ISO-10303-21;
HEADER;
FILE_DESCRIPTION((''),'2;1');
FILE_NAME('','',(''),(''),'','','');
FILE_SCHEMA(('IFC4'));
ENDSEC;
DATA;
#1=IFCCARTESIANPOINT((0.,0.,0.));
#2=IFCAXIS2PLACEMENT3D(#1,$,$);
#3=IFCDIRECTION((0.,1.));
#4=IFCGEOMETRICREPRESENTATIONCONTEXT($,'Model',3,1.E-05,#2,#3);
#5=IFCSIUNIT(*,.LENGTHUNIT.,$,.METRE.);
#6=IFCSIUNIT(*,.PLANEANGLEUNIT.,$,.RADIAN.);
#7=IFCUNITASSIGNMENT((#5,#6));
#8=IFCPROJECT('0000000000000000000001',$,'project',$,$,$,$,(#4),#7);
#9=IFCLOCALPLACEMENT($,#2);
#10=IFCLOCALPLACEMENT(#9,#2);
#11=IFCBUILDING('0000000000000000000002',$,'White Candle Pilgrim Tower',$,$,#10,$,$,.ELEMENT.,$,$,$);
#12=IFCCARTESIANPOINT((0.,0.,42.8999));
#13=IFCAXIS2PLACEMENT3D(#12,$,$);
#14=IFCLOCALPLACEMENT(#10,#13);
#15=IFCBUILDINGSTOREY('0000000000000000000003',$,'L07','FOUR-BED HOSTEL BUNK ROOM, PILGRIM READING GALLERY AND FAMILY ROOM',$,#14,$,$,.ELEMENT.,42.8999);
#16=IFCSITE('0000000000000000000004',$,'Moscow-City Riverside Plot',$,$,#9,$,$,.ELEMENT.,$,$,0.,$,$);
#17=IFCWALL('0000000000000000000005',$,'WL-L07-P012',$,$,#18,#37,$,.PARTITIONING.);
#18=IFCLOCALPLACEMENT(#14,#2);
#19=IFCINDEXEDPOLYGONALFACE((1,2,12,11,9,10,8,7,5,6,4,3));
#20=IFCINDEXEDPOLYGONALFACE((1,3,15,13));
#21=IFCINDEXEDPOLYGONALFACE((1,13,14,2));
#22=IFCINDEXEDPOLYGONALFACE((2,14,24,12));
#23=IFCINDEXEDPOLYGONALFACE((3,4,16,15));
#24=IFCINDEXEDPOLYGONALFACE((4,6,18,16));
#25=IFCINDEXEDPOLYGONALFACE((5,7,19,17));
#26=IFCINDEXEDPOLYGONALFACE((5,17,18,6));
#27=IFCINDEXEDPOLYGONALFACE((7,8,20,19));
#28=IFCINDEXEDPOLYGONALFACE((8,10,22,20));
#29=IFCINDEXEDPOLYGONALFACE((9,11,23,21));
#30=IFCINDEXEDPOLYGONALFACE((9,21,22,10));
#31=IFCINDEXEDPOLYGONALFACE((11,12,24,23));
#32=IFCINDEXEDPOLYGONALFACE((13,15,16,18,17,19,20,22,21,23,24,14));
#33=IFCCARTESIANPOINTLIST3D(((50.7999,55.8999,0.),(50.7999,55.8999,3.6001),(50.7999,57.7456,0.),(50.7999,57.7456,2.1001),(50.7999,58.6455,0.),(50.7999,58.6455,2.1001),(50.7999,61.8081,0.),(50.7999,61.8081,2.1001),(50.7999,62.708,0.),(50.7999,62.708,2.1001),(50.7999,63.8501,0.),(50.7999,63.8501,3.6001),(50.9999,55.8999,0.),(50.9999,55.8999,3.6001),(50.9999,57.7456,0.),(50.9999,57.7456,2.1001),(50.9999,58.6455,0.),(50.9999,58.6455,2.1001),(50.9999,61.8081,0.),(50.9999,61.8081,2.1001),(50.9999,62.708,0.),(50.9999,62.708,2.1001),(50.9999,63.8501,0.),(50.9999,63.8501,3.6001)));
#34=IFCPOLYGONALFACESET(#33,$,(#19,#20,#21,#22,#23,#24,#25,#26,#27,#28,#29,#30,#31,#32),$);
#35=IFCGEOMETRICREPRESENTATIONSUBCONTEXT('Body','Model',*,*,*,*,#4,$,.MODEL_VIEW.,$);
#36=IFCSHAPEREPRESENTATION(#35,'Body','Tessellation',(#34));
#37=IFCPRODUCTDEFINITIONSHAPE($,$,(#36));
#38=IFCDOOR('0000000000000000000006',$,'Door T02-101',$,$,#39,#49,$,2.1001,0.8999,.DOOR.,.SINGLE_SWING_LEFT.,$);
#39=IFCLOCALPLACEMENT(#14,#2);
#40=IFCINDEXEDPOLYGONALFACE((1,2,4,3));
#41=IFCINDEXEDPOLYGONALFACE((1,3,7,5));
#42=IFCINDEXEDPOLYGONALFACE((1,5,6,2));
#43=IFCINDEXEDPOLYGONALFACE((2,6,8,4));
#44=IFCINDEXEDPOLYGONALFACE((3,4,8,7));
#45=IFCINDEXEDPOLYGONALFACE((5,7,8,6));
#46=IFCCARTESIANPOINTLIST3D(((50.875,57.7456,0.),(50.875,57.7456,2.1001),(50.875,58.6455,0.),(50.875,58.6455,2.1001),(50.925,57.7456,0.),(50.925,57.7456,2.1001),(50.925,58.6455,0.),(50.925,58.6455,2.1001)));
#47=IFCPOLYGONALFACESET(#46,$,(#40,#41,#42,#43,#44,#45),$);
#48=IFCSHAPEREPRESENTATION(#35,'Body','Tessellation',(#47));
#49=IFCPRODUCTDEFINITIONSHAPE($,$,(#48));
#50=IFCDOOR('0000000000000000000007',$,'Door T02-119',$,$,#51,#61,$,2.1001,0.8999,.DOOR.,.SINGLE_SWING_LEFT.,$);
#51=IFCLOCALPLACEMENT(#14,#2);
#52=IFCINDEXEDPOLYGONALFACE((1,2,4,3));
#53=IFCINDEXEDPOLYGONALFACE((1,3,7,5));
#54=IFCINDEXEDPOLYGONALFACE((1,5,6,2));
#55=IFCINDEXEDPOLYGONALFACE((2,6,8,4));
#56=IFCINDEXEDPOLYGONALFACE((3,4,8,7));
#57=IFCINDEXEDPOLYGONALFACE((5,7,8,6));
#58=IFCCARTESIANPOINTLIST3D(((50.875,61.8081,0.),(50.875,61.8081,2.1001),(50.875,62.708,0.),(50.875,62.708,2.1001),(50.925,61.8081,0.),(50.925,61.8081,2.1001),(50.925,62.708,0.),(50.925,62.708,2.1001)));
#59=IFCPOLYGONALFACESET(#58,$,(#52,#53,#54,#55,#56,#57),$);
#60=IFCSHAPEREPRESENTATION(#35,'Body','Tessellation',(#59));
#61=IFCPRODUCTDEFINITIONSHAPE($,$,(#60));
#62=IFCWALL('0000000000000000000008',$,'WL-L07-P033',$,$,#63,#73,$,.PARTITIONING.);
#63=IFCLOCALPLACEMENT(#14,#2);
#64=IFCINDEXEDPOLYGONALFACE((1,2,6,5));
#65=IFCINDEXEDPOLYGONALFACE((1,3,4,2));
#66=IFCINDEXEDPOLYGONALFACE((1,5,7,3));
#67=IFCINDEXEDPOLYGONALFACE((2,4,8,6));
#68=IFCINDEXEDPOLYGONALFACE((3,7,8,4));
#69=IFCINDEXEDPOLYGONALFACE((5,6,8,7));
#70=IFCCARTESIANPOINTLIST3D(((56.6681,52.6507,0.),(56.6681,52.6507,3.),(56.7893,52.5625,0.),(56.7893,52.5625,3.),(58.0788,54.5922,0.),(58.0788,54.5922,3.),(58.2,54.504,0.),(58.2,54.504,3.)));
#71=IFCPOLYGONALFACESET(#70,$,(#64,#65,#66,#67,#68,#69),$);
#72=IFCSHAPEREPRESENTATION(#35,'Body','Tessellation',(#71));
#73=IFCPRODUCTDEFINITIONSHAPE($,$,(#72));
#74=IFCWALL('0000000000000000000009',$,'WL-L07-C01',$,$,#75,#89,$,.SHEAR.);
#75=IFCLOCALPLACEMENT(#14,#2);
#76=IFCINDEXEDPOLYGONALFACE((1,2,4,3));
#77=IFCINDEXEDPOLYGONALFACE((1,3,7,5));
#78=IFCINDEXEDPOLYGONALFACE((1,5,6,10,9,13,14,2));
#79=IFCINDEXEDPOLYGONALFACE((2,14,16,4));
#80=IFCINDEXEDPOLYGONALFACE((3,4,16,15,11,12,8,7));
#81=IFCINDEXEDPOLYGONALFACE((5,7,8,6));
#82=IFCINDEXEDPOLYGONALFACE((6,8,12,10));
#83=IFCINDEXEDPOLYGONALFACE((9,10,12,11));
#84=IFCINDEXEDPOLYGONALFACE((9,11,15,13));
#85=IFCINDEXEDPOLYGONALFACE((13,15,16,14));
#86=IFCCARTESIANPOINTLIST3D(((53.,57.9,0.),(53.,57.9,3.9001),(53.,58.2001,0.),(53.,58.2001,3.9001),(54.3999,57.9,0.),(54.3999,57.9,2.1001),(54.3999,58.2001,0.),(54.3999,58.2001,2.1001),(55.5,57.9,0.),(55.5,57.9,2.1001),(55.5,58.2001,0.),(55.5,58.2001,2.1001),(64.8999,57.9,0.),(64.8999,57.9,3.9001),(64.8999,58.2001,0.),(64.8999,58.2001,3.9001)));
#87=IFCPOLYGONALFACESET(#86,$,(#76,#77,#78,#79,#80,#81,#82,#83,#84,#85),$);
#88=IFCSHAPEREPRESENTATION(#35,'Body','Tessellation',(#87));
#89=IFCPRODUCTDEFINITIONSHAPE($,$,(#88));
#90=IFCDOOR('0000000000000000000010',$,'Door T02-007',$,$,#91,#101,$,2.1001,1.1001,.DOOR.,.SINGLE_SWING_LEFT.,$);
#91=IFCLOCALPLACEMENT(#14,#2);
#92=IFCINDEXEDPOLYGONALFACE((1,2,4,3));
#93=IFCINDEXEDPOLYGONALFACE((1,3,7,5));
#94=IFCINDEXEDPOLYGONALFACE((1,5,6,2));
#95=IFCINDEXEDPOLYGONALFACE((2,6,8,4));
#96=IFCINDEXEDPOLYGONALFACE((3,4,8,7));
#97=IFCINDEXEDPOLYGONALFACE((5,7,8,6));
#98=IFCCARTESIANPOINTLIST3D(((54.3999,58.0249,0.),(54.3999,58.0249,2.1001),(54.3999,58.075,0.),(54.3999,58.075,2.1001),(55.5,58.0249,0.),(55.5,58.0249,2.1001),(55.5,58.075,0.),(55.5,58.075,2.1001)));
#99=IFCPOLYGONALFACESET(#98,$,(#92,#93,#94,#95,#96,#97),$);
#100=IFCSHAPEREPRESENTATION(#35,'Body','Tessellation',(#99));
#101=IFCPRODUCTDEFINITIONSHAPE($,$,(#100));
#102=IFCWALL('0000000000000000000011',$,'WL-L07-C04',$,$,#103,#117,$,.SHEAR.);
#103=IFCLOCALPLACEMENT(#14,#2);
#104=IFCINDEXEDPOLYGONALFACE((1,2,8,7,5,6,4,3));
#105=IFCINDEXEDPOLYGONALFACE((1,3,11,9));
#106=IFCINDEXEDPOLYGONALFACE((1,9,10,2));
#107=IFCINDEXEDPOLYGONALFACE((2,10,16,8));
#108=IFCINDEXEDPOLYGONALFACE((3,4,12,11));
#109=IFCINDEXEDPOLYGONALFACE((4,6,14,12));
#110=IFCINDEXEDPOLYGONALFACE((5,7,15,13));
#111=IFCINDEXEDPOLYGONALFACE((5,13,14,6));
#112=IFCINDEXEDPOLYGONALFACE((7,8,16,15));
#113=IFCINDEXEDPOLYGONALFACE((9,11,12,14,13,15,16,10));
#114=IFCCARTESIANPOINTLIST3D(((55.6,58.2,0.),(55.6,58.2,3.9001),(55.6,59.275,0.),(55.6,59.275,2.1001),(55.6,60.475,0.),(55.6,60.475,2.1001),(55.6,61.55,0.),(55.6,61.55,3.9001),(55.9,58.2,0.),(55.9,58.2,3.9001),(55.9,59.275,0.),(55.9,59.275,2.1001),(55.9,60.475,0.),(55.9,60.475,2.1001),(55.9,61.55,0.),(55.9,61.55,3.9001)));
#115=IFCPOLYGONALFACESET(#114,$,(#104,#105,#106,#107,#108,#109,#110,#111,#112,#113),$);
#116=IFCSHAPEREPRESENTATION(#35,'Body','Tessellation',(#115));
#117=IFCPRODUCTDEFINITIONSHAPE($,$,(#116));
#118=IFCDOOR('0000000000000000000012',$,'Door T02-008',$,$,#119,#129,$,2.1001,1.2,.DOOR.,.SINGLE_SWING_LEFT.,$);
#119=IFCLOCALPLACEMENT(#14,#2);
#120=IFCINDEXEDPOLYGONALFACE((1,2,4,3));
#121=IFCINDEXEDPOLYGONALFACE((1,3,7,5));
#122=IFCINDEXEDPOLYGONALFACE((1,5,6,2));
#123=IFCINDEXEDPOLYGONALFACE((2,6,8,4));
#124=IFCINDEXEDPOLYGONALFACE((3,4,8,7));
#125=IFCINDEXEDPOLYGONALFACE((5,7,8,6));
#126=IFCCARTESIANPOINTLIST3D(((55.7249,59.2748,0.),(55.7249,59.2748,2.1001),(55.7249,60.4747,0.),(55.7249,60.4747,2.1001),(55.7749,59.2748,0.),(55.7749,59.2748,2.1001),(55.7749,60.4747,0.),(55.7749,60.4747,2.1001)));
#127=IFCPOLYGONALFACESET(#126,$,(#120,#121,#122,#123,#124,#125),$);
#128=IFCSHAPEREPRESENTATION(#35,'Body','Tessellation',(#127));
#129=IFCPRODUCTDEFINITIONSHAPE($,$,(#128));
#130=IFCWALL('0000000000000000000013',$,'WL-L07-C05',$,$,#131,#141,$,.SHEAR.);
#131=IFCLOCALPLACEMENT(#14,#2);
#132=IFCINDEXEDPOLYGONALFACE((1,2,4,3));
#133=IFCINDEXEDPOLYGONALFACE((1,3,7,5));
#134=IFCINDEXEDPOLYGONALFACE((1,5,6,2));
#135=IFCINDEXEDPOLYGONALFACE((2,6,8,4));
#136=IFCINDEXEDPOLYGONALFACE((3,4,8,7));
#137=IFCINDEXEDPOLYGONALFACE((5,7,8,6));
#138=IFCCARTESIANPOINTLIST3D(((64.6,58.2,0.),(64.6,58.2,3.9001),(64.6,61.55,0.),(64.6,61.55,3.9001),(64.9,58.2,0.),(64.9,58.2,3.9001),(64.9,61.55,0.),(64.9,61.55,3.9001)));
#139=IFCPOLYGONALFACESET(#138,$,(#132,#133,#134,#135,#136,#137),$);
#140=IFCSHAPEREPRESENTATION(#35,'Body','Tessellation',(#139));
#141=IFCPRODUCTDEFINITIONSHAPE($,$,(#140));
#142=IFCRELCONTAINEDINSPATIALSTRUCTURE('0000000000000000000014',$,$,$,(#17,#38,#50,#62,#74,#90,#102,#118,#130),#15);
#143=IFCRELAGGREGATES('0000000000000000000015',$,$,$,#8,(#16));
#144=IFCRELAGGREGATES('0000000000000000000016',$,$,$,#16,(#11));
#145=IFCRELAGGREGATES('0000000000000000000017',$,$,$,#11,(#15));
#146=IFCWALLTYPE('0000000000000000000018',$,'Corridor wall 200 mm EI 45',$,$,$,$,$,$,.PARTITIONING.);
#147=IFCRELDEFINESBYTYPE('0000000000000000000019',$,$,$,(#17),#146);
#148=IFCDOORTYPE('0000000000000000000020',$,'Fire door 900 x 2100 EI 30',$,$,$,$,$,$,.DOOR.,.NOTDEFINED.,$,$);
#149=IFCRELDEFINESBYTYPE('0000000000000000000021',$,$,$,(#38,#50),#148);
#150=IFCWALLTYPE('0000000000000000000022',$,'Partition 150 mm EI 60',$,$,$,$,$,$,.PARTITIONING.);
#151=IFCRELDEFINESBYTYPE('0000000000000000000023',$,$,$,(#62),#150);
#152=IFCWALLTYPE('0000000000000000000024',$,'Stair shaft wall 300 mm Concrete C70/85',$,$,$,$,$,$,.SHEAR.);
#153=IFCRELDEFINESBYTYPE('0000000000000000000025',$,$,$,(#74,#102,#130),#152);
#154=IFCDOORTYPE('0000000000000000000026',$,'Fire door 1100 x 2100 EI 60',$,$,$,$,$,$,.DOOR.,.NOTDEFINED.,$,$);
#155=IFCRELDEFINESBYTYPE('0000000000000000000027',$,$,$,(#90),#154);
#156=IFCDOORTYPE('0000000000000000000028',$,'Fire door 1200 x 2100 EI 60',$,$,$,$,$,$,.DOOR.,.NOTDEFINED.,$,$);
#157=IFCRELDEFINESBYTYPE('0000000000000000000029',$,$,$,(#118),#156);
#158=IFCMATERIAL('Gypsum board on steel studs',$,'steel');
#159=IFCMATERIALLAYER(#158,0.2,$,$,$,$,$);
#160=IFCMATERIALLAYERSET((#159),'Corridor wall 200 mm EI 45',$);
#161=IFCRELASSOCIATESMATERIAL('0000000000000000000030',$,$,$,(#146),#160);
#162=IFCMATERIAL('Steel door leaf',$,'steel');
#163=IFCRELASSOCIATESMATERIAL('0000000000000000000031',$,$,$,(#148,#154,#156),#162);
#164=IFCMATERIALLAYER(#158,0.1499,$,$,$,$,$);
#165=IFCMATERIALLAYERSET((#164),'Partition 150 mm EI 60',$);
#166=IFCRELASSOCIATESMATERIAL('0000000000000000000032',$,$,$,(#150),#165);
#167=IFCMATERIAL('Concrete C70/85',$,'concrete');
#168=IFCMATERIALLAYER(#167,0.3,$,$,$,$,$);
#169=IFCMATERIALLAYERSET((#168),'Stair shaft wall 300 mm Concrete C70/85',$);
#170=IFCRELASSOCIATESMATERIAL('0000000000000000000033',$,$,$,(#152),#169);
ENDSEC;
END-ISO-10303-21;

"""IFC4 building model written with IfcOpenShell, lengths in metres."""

from ifc_helpers import new_model, si_unit, direction, frame, frame_2d, origin, place, context, subcontext, project, spatial, rectangle, extrude, material, layer, layer_set, type_object, element, fill, save


model = new_model("IFC4")

# Units and contexts
model_context = context("Model", 3, precision=1e-05, world=origin(), true_north=direction((0.0, 1.0)))
body_context = subcontext(model_context, "Body", "Model", "MODEL_VIEW")
ifc_project = project(units=[si_unit("LENGTHUNIT", "METRE"), si_unit("PLANEANGLEUNIT", "RADIAN")], contexts=[model_context])

# Site, building, storey
site_placement = place(None, origin())
site = spatial("IfcSite", under=ifc_project, at=site_placement, Name="Moscow-City Riverside Plot", CompositionType="ELEMENT", RefElevation=0.0)
building_placement = place(site_placement, origin())
building = spatial("IfcBuilding", under=site, at=building_placement, Name="White Candle Pilgrim Tower", CompositionType="ELEMENT")
storey_placement = place(building_placement, frame((0.0, 0.0, 42.8999)))
storey = spatial("IfcBuildingStorey", under=building, at=storey_placement, Name="L07", Description="FOUR-BED HOSTEL BUNK ROOM, PILGRIM READING GALLERY AND FAMILY ROOM", CompositionType="ELEMENT", Elevation=42.8999)

# Shared definitions
ifc_material_1 = material(Name="Concrete C70/85", Category="concrete")

# Shared definitions
ifc_material_2 = material(Name="Gypsum board on steel studs", Category="steel")
ifc_layer_1 = layer(ifc_material_2, 0.2)
ifc_layer_set_1 = layer_set([ifc_layer_1], Name="Corridor wall 200 mm EI 45")
wall_type_1 = type_object("IfcWallType", Name="Corridor wall 200 mm EI 45", PredefinedType="PARTITIONING", material=ifc_layer_set_1)
ifc_material_3 = material(Name="Steel door leaf", Category="steel")
door_type_1 = type_object("IfcDoorType", Name="Fire door 900 x 2100 EI 30", OperationType="NOTDEFINED", PredefinedType="DOOR", material=ifc_material_3)

# Wall, openings, doors
wall_1_placement = place(storey_placement, frame((50.8999, 55.8999, 0.0), z_axis=(0.0, 0.0, 1.0), x_axis=(0.0, 1.0, 0.0)))
wall_1 = element("IfcWall", 1, at=wall_1_placement, inside=storey, type_object=wall_type_1, Name="WL-L07-P012", PredefinedType="PARTITIONING", context=body_context, shape_type="SweptSolid", body=[
    extrude(rectangle(XDim=7.9502, YDim=0.2, at=frame_2d((3.9751, 0.0))), origin(), (0.0, 0.0, 1.0), 3.6001),
])
opening_1_placement = place(wall_1_placement, frame((1.8457, 0.0, 0.0)))
opening_1 = element("IfcOpeningElement", 2, at=opening_1_placement, cuts=wall_1, PredefinedType="OPENING", context=body_context, shape_type="SweptSolid", body=[
    extrude(rectangle(XDim=0.8999, YDim=2.1001, at=frame_2d((0.45, 1.05))), frame((0.0, 0.1099, 0.0), z_axis=(0.0, -1.0, 0.0), x_axis=(1.0, 0.0, 0.0)), (0.0, 0.0, 1.0), 0.22),
])
opening_2_placement = place(wall_1_placement, frame((5.9082, 0.0, 0.0)))
opening_2 = element("IfcOpeningElement", 3, at=opening_2_placement, cuts=wall_1, PredefinedType="OPENING", context=body_context, shape_type="SweptSolid", body=[
    extrude(rectangle(XDim=0.8999, YDim=2.1001, at=frame_2d((0.45, 1.05))), frame((0.0, 0.1099, 0.0), z_axis=(0.0, -1.0, 0.0), x_axis=(1.0, 0.0, 0.0)), (0.0, 0.0, 1.0), 0.22),
])
door_1_placement = place(opening_1_placement, origin())
door_1 = element("IfcDoor", 4, at=door_1_placement, inside=storey, type_object=door_type_1, Name="Door T02-101", OperationType="SINGLE_SWING_LEFT", OverallHeight=2.1001, OverallWidth=0.8999, PredefinedType="DOOR", context=body_context, shape_type="SweptSolid", body=[
    extrude(rectangle(XDim=0.8999, YDim=2.1001, at=frame_2d((0.45, 1.05))), frame((0.0, 0.0249, 0.0), z_axis=(0.0, -1.0, 0.0), x_axis=(1.0, 0.0, 0.0)), (0.0, 0.0, 1.0), 0.05),
])
fill(opening_1, door_1)
door_2_placement = place(opening_2_placement, origin())
door_2 = element("IfcDoor", 5, at=door_2_placement, inside=storey, type_object=door_type_1, Name="Door T02-119", OperationType="SINGLE_SWING_LEFT", OverallHeight=2.1001, OverallWidth=0.8999, PredefinedType="DOOR", context=body_context, shape_type="SweptSolid", body=[
    extrude(rectangle(XDim=0.8999, YDim=2.1001, at=frame_2d((0.45, 1.05))), frame((0.0, 0.0249, 0.0), z_axis=(0.0, -1.0, 0.0), x_axis=(1.0, 0.0, 0.0)), (0.0, 0.0, 1.0), 0.05),
])
fill(opening_2, door_2)

# Wall
ifc_layer_2 = layer(ifc_material_2, 0.1499)
ifc_layer_set_2 = layer_set([ifc_layer_2], Name="Partition 150 mm EI 60")
wall_type_2 = type_object("IfcWallType", Name="Partition 150 mm EI 60", PredefinedType="PARTITIONING", material=ifc_layer_set_2)
wall_2_placement = place(storey_placement, frame((58.1394, 54.5481, 0.0), z_axis=(0.0, 0.0, 1.0), x_axis=(-0.587821, -0.808991, 0.0)))
element("IfcWall", 6, at=wall_2_placement, inside=storey, type_object=wall_type_2, Name="WL-L07-P033", PredefinedType="PARTITIONING", context=body_context, shape_type="SweptSolid", body=[
    extrude(rectangle(XDim=2.3999, YDim=0.1499, at=frame_2d((1.2, 0.0))), origin(), (0.0, 0.0, 1.0), 3.0),
])

# Walls, openings, doors
ifc_layer_3 = layer(ifc_material_1, 0.3)
ifc_layer_set_3 = layer_set([ifc_layer_3], Name="Stair shaft wall 300 mm Concrete C70/85")
wall_type_3 = type_object("IfcWallType", Name="Stair shaft wall 300 mm Concrete C70/85", PredefinedType="SHEAR", material=ifc_layer_set_3)
wall_3_placement = place(storey_placement, frame((53.0, 58.05, 0.0), z_axis=(0.0, 0.0, 1.0), x_axis=(1.0, 0.0, 0.0)))
wall_3 = element("IfcWall", 7, at=wall_3_placement, inside=storey, type_object=wall_type_3, Name="WL-L07-C01", PredefinedType="SHEAR", context=body_context, shape_type="SweptSolid", body=[
    extrude(rectangle(XDim=11.8999, YDim=0.3, at=frame_2d((5.95, 0.0))), origin(), (0.0, 0.0, 1.0), 3.9001),
])
opening_3_placement = place(wall_3_placement, frame((1.3999, 0.0, 0.0)))
opening_3 = element("IfcOpeningElement", 8, at=opening_3_placement, cuts=wall_3, PredefinedType="OPENING", context=body_context, shape_type="SweptSolid", body=[
    extrude(rectangle(XDim=1.1001, YDim=2.1001, at=frame_2d((0.55, 1.05))), frame((0.0, 0.1599, 0.0), z_axis=(0.0, -1.0, 0.0), x_axis=(1.0, 0.0, 0.0)), (0.0, 0.0, 1.0), 0.3201),
])
door_type_2 = type_object("IfcDoorType", Name="Fire door 1100 x 2100 EI 60", OperationType="NOTDEFINED", PredefinedType="DOOR", material=ifc_material_3)
door_3_placement = place(opening_3_placement, origin())
door_3 = element("IfcDoor", 9, at=door_3_placement, inside=storey, type_object=door_type_2, Name="Door T02-007", OperationType="SINGLE_SWING_LEFT", OverallHeight=2.1001, OverallWidth=1.1001, PredefinedType="DOOR", context=body_context, shape_type="SweptSolid", body=[
    extrude(rectangle(XDim=1.1001, YDim=2.1001, at=frame_2d((0.55, 1.05))), frame((0.0, 0.0249, 0.0), z_axis=(0.0, -1.0, 0.0), x_axis=(1.0, 0.0, 0.0)), (0.0, 0.0, 1.0), 0.05),
])
fill(opening_3, door_3)
wall_4_placement = place(storey_placement, frame((55.75, 58.2, 0.0), z_axis=(0.0, 0.0, 1.0), x_axis=(0.0, 1.0, 0.0)))
wall_4 = element("IfcWall", 10, at=wall_4_placement, inside=storey, type_object=wall_type_3, Name="WL-L07-C04", PredefinedType="SHEAR", context=body_context, shape_type="SweptSolid", body=[
    extrude(rectangle(XDim=3.3501, YDim=0.3, at=frame_2d((1.675, 0.0))), origin(), (0.0, 0.0, 1.0), 3.9001),
])
opening_4_placement = place(wall_4_placement, frame((1.075, 0.0, 0.0)))
opening_4 = element("IfcOpeningElement", 11, at=opening_4_placement, cuts=wall_4, PredefinedType="OPENING", context=body_context, shape_type="SweptSolid", body=[
    extrude(rectangle(XDim=1.2, YDim=2.1001, at=frame_2d((0.6001, 1.05))), frame((0.0, 0.1599, 0.0), z_axis=(0.0, -1.0, 0.0), x_axis=(1.0, 0.0, 0.0)), (0.0, 0.0, 1.0), 0.3201),
])
door_type_3 = type_object("IfcDoorType", Name="Fire door 1200 x 2100 EI 60", OperationType="NOTDEFINED", PredefinedType="DOOR", material=ifc_material_3)
door_4_placement = place(opening_4_placement, frame((1.2, 0.0, 0.0), z_axis=(0.0, 0.0, 1.0), x_axis=(-1.0, 0.0, 0.0)))
door_4 = element("IfcDoor", 12, at=door_4_placement, inside=storey, type_object=door_type_3, Name="Door T02-008", OperationType="SINGLE_SWING_LEFT", OverallHeight=2.1001, OverallWidth=1.2, PredefinedType="DOOR", context=body_context, shape_type="SweptSolid", body=[
    extrude(rectangle(XDim=1.2, YDim=2.1001, at=frame_2d((0.6001, 1.05))), frame((0.0, 0.0249, 0.0), z_axis=(0.0, -1.0, 0.0), x_axis=(1.0, 0.0, 0.0)), (0.0, 0.0, 1.0), 0.05),
])
fill(opening_4, door_4)

# Wall
wall_5_placement = place(storey_placement, frame((64.75, 58.2, 0.0), z_axis=(0.0, 0.0, 1.0), x_axis=(0.0, 1.0, 0.0)))
element("IfcWall", 13, at=wall_5_placement, inside=storey, type_object=wall_type_3, Name="WL-L07-C05", PredefinedType="SHEAR", context=body_context, shape_type="SweptSolid", body=[
    extrude(rectangle(XDim=3.3501, YDim=0.3, at=frame_2d((1.675, 0.0))), origin(), (0.0, 0.0, 1.0), 3.9001),
])

save(model, "model.ifc")
